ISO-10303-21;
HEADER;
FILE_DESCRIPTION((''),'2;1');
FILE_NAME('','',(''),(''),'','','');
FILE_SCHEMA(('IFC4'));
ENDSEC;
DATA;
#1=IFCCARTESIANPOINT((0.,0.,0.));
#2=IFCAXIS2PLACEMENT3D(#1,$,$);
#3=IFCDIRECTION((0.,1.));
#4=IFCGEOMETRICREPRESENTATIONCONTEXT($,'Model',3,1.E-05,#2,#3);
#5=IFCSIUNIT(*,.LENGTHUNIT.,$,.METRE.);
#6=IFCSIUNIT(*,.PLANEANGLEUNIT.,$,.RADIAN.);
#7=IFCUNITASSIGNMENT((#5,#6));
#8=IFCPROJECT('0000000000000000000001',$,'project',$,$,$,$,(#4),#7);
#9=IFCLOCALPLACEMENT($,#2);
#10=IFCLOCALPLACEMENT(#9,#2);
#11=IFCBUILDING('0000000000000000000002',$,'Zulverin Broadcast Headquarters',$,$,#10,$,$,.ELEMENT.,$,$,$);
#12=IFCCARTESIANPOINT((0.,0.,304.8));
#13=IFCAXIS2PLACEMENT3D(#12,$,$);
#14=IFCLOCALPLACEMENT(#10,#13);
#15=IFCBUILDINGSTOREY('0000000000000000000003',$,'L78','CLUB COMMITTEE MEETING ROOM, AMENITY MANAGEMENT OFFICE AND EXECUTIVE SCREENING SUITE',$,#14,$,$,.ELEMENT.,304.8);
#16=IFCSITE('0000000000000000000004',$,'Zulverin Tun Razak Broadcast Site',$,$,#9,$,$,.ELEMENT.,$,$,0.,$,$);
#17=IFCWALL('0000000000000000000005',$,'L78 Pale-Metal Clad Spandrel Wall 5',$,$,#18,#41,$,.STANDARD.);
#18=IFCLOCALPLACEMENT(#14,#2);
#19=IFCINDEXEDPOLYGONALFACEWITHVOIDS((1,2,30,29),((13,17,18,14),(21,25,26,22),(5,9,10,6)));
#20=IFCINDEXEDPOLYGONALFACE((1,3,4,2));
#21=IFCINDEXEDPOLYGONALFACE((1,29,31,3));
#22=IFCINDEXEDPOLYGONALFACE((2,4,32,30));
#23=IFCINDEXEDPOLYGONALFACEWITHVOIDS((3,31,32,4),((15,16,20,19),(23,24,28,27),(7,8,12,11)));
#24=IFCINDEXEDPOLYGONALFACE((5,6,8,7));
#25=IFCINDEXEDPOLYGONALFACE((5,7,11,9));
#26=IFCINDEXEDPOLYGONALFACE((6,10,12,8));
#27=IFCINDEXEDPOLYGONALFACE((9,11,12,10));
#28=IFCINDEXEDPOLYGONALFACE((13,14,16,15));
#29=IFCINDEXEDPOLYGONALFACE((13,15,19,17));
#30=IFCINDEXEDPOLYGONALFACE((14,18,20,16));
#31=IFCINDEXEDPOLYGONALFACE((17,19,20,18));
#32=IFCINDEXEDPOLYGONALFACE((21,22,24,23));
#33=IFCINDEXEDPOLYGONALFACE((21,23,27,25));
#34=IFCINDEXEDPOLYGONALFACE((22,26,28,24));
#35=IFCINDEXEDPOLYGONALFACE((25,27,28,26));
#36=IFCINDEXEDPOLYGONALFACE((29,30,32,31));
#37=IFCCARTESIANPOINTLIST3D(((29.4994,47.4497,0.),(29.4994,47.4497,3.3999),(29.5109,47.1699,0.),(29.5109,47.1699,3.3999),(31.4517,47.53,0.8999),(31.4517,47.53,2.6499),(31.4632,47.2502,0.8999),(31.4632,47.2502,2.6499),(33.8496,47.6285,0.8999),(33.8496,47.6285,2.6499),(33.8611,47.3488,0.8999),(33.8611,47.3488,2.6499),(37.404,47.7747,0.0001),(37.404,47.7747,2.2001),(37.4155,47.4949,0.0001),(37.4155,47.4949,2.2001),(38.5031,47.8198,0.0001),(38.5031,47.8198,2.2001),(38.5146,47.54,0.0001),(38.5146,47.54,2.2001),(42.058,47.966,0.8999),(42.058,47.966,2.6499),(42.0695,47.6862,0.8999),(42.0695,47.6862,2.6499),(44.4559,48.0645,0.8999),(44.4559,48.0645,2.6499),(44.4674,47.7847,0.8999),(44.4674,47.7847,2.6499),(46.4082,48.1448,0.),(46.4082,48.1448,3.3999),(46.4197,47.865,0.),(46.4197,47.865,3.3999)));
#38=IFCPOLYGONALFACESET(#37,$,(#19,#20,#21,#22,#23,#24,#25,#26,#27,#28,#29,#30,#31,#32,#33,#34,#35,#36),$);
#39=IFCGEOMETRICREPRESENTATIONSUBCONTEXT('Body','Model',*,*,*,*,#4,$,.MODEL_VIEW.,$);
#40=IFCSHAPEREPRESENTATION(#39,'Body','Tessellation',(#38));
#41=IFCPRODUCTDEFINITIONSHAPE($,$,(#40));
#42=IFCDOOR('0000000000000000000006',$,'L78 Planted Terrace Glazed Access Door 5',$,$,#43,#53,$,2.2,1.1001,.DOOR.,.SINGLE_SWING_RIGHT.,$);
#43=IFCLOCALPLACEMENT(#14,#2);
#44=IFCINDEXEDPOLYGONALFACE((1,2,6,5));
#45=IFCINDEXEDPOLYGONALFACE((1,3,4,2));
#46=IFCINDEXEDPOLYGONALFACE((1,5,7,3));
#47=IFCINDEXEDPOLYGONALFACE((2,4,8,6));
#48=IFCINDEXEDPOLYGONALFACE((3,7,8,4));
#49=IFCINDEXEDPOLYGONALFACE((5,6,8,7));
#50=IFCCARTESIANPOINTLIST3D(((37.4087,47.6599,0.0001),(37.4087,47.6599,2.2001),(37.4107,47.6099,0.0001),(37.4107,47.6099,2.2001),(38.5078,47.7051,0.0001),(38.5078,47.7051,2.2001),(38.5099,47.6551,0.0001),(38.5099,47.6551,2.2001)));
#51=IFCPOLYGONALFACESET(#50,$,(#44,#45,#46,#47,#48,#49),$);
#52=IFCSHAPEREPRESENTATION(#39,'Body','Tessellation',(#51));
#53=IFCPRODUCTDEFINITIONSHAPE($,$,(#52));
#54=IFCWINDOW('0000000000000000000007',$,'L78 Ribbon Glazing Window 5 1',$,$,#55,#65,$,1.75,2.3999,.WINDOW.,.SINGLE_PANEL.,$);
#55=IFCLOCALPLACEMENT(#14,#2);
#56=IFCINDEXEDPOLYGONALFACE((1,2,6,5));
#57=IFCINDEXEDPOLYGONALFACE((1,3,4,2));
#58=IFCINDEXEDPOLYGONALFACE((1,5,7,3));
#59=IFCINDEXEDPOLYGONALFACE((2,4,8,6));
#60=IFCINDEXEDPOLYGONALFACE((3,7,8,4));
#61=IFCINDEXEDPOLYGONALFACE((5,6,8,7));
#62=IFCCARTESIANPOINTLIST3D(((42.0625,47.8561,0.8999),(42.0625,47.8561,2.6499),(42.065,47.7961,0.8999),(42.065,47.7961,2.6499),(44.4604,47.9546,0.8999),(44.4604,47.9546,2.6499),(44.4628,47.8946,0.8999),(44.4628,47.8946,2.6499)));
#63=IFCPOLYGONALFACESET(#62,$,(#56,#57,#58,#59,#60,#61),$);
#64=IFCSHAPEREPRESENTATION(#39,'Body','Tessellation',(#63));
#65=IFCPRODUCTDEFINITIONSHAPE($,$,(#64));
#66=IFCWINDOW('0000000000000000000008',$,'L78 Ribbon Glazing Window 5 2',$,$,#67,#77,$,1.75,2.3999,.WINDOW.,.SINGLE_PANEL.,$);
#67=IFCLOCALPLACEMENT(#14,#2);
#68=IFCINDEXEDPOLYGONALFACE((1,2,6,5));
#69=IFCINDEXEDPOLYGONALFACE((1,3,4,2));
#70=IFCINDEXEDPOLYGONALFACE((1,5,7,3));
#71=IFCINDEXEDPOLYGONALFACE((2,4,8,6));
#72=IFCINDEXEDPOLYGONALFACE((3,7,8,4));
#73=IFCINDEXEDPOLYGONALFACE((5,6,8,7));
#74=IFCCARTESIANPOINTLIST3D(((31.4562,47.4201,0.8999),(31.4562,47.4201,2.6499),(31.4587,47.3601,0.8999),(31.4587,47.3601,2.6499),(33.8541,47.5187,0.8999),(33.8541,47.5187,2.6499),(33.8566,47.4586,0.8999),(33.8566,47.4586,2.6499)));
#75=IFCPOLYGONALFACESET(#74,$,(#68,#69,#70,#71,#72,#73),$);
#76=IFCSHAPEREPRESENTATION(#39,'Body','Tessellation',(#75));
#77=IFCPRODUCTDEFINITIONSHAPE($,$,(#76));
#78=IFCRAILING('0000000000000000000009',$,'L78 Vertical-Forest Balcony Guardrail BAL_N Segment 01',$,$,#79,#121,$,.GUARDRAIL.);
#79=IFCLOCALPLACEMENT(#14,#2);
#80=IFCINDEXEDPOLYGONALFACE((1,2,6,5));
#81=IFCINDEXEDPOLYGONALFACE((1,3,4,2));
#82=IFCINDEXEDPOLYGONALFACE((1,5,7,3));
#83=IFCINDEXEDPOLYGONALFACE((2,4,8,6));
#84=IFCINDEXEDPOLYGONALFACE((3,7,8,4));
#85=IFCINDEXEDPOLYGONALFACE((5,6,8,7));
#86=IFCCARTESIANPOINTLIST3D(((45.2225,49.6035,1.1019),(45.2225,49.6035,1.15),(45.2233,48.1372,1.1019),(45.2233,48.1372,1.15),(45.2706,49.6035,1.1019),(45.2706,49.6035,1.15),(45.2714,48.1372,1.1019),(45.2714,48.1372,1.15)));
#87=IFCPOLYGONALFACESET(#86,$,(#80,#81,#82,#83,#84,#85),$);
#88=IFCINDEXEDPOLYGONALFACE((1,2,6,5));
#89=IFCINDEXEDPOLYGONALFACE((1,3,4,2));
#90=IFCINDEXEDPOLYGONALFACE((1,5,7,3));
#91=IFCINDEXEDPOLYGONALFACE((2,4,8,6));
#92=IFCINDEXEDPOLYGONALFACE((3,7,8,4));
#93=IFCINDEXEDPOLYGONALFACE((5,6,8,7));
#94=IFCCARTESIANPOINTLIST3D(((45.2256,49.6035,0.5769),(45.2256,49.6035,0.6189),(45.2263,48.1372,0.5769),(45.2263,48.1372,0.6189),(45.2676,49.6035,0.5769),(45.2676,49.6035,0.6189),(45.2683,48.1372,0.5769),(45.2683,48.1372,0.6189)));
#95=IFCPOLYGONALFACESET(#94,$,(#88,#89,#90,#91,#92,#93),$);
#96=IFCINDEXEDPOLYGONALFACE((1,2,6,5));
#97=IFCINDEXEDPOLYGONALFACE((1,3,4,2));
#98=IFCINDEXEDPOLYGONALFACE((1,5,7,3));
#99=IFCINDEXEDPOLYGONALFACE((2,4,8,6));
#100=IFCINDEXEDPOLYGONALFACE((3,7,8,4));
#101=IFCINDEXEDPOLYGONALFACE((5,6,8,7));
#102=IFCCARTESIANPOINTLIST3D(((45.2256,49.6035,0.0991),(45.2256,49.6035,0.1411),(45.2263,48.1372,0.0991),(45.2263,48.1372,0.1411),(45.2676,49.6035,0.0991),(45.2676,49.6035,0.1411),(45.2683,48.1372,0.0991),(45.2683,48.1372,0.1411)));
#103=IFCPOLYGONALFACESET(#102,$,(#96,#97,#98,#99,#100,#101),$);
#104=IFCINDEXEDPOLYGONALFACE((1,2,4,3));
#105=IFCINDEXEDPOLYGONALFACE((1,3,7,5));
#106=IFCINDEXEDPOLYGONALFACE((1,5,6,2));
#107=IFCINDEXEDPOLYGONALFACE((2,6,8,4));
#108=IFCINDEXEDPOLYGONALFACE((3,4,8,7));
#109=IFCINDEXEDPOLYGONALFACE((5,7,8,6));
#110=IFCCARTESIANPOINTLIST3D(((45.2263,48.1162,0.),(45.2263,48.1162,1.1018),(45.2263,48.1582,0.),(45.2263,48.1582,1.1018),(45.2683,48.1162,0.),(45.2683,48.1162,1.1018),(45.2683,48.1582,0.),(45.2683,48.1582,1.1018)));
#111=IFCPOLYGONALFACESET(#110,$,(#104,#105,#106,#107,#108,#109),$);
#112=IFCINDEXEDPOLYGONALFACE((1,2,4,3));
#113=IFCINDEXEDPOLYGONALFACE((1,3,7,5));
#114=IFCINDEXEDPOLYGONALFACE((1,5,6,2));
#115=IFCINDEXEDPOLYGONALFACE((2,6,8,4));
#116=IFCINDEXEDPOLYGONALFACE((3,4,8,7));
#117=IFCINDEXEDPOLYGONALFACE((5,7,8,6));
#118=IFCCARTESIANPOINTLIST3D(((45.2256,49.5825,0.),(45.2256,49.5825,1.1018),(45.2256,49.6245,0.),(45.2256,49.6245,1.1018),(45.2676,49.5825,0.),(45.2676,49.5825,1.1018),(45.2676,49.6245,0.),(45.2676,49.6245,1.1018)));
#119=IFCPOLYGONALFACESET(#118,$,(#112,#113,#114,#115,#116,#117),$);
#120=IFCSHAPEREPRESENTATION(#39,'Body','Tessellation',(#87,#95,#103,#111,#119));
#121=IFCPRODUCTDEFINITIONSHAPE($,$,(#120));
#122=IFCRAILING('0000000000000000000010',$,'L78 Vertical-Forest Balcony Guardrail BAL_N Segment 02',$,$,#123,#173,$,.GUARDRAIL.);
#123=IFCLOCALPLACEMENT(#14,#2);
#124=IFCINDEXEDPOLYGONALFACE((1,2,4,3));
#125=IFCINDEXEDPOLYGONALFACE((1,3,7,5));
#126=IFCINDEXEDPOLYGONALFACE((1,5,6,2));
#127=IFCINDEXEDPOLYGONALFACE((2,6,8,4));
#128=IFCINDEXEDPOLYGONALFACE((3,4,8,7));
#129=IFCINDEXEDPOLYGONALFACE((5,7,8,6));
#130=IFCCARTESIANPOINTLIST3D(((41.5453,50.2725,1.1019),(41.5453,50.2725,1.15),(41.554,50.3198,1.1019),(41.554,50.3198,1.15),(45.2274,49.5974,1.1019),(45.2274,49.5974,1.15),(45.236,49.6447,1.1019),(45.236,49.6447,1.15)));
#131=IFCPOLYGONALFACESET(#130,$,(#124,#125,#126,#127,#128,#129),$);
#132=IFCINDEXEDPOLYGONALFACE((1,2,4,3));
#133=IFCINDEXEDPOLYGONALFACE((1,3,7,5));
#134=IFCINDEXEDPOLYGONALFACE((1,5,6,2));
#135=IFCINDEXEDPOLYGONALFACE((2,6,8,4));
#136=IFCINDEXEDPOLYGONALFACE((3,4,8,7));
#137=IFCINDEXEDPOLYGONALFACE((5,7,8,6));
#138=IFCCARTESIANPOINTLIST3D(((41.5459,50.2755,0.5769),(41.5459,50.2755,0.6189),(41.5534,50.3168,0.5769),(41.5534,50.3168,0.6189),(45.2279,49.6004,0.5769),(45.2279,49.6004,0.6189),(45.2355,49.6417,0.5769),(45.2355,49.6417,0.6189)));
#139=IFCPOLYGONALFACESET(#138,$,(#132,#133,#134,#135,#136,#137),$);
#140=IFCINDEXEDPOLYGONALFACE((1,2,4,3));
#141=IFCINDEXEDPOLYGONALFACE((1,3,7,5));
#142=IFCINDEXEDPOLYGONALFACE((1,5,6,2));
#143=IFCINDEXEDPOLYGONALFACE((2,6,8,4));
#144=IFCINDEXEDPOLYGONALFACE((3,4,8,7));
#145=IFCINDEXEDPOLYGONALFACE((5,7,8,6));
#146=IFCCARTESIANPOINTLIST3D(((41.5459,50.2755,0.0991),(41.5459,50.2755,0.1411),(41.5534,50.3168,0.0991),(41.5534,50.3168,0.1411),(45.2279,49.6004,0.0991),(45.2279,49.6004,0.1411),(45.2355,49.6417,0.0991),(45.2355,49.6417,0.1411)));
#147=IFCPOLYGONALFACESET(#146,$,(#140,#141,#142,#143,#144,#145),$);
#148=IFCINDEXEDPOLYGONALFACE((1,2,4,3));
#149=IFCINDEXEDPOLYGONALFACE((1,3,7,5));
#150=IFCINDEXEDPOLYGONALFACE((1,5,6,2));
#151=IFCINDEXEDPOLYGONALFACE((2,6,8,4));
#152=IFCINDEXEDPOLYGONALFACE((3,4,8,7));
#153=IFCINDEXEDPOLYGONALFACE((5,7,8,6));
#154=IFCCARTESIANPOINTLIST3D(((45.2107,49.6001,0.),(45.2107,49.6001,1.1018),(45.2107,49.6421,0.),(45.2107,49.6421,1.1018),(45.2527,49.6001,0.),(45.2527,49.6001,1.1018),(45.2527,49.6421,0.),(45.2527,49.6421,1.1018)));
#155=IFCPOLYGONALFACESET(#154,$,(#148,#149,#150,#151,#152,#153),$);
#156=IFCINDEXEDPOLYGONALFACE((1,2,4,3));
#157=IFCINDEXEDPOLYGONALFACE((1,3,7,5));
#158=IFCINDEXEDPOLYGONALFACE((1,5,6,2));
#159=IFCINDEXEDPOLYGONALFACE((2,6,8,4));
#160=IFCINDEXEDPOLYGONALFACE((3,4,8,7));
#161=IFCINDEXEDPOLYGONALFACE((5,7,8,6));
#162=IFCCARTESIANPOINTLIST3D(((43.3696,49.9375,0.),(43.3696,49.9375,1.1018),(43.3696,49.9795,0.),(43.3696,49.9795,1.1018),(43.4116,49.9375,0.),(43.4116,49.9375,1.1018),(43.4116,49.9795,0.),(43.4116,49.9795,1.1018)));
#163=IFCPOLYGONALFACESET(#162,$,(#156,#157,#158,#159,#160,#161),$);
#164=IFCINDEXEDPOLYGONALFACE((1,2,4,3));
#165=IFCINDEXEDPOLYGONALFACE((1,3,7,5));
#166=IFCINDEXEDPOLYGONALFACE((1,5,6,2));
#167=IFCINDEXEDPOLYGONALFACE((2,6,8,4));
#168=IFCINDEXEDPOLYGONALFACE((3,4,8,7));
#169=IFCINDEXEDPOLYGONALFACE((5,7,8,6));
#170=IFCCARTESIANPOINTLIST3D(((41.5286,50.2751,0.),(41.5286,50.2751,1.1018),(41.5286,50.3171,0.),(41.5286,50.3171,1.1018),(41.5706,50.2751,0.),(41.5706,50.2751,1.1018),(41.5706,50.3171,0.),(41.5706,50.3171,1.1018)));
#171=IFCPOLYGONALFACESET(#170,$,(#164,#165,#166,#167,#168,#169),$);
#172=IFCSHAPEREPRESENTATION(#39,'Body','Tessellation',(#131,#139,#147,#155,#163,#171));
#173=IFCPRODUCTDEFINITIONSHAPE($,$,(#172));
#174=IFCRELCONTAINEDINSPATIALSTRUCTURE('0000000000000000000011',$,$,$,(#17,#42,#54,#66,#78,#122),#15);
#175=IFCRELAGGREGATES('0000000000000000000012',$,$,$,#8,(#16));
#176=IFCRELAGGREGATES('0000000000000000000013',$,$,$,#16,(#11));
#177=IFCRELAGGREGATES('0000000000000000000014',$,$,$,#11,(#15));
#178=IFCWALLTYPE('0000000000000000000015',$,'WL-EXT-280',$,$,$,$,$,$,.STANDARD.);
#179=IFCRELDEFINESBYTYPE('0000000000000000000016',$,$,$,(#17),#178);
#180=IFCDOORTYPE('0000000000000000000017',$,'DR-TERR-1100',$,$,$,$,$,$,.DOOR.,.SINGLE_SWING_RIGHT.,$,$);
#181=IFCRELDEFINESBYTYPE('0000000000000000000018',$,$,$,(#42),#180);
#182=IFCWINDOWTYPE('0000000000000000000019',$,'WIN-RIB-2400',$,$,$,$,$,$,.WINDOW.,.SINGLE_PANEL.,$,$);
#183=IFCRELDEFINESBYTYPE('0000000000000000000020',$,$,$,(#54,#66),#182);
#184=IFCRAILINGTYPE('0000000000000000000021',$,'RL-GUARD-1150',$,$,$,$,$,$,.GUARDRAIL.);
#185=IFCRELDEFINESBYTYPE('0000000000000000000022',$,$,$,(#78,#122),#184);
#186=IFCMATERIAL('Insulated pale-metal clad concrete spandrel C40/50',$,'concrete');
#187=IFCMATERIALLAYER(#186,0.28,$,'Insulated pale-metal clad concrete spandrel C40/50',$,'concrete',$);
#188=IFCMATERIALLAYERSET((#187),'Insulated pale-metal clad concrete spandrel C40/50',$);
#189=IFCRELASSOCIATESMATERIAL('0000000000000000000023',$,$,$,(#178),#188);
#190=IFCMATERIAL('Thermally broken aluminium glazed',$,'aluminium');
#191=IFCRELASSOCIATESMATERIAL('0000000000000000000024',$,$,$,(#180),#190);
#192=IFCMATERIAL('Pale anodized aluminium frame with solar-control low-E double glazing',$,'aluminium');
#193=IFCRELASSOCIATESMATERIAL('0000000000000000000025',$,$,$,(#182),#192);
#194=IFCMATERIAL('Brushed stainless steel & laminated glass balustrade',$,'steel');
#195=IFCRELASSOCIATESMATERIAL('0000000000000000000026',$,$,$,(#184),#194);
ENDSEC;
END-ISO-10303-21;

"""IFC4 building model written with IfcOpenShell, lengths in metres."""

from ifc_helpers import new_model, si_unit, direction, frame, frame_2d, origin, origin_2d, place, context, subcontext, project, spatial, rectangle, extrude, material, layer, layer_set, type_object, element, fill, save


model = new_model("IFC4")

# Units and contexts
model_context = context("Model", 3, precision=1e-05, world=origin(), true_north=direction((0.0, 1.0)))
body_context = subcontext(model_context, "Body", "Model", "MODEL_VIEW")
ifc_project = project(units=[si_unit("LENGTHUNIT", "METRE"), si_unit("PLANEANGLEUNIT", "RADIAN")], contexts=[model_context])

# Site, building, storey
site_placement = place(None, origin())
site = spatial("IfcSite", under=ifc_project, at=site_placement, Name="Zulverin Tun Razak Broadcast Site", CompositionType="ELEMENT", RefElevation=0.0)
building_placement = place(site_placement, origin())
building = spatial("IfcBuilding", under=site, at=building_placement, Name="Zulverin Broadcast Headquarters", CompositionType="ELEMENT")
storey_placement = place(building_placement, frame((0.0, 0.0, 304.8)))
storey = spatial("IfcBuildingStorey", under=building, at=storey_placement, Name="L78", Description="CLUB COMMITTEE MEETING ROOM, AMENITY MANAGEMENT OFFICE AND EXECUTIVE SCREENING SUITE", CompositionType="ELEMENT", Elevation=304.8)

# Wall, openings, door, windows
ifc_material_1 = material(Name="Insulated pale-metal clad concrete spandrel C40/50", Category="concrete")
ifc_layer_1 = layer(ifc_material_1, 0.28, Name="Insulated pale-metal clad concrete spandrel C40/50", Category="concrete")
ifc_layer_set_1 = layer_set([ifc_layer_1], Name="Insulated pale-metal clad concrete spandrel C40/50")
wall_type = type_object("IfcWallType", Name="WL-EXT-280", PredefinedType="STANDARD", material=ifc_layer_set_1)
wall_placement = place(storey_placement, frame((46.4138, 48.0049, 0.0), z_axis=(0.0, 0.0, 1.0), x_axis=(-0.999156, -0.041072, 0.0)))
wall = element("IfcWall", 1, at=wall_placement, inside=storey, type_object=wall_type, Name="L78 Pale-Metal Clad Spandrel Wall 5", PredefinedType="STANDARD", context=body_context, shape_type="SweptSolid", body=[
    extrude(rectangle(XDim=16.9231, YDim=0.28, at=frame_2d((8.4614, 0.0))), origin(), (0.0, 0.0, 1.0), 3.3999),
])
opening_1_placement = place(wall_placement, frame((7.9116, 0.0, 0.0)))
opening_1 = element("IfcOpeningElement", 2, at=opening_1_placement, cuts=wall, PredefinedType="OPENING", context=body_context, shape_type="SweptSolid", body=[
    extrude(rectangle(XDim=1.1001, YDim=2.2, at=frame_2d((0.55, 1.1001))), frame((0.0, 0.1499, 0.0), z_axis=(0.0, -1.0, 0.0), x_axis=(1.0, 0.0, 0.0)), (0.0, 0.0, 1.0), 0.3),
])
opening_2_placement = place(wall_placement, frame((1.9539, 0.0, 0.8999)))
opening_2 = element("IfcOpeningElement", 3, at=opening_2_placement, cuts=wall, PredefinedType="OPENING", context=body_context, shape_type="SweptSolid", body=[
    extrude(rectangle(XDim=2.3999, YDim=1.75, at=frame_2d((1.2, 0.875))), frame((0.0, 0.1499, 0.0), z_axis=(0.0, -1.0, 0.0), x_axis=(1.0, 0.0, 0.0)), (0.0, 0.0, 1.0), 0.3),
])
opening_3_placement = place(wall_placement, frame((12.5691, 0.0, 0.8999)))
opening_3 = element("IfcOpeningElement", 4, at=opening_3_placement, cuts=wall, PredefinedType="OPENING", context=body_context, shape_type="SweptSolid", body=[
    extrude(rectangle(XDim=2.3999, YDim=1.75, at=frame_2d((1.2, 0.875))), frame((0.0, 0.1499, 0.0), z_axis=(0.0, -1.0, 0.0), x_axis=(1.0, 0.0, 0.0)), (0.0, 0.0, 1.0), 0.3),
])
ifc_material_2 = material(Name="Thermally broken aluminium glazed", Category="aluminium")
door_type = type_object("IfcDoorType", Name="DR-TERR-1100", OperationType="SINGLE_SWING_RIGHT", PredefinedType="DOOR", material=ifc_material_2)
door_placement = place(opening_1_placement, origin())
door = element("IfcDoor", 5, at=door_placement, inside=storey, type_object=door_type, Name="L78 Planted Terrace Glazed Access Door 5", OperationType="SINGLE_SWING_RIGHT", OverallHeight=2.2, OverallWidth=1.1001, PredefinedType="DOOR", context=body_context, shape_type="SweptSolid", body=[
    extrude(rectangle(XDim=1.1001, YDim=2.2, at=frame_2d((0.55, 1.1001))), frame((0.0, 0.0249, 0.0), z_axis=(0.0, -1.0, 0.0), x_axis=(1.0, 0.0, 0.0)), (0.0, 0.0, 1.0), 0.05),
])
fill(opening_1, door)
ifc_material_3 = material(Name="Pale anodized aluminium frame with solar-control low-E double glazing", Category="aluminium")
window_type = type_object("IfcWindowType", Name="WIN-RIB-2400", PartitioningType="SINGLE_PANEL", PredefinedType="WINDOW", material=ifc_material_3)
window_1_placement = place(opening_2_placement, origin())
window_1 = element("IfcWindow", 6, at=window_1_placement, inside=storey, type_object=window_type, Name="L78 Ribbon Glazing Window 5 1", OverallHeight=1.75, OverallWidth=2.3999, PartitioningType="SINGLE_PANEL", PredefinedType="WINDOW", context=body_context, shape_type="SweptSolid", body=[
    extrude(rectangle(XDim=2.3999, YDim=1.75, at=frame_2d((1.2, 0.875))), frame((0.0, 0.03, 0.0), z_axis=(0.0, -1.0, 0.0), x_axis=(1.0, 0.0, 0.0)), (0.0, 0.0, 1.0), 0.0601),
])
fill(opening_2, window_1)
window_2_placement = place(opening_3_placement, origin())
window_2 = element("IfcWindow", 7, at=window_2_placement, inside=storey, type_object=window_type, Name="L78 Ribbon Glazing Window 5 2", OverallHeight=1.75, OverallWidth=2.3999, PartitioningType="SINGLE_PANEL", PredefinedType="WINDOW", context=body_context, shape_type="SweptSolid", body=[
    extrude(rectangle(XDim=2.3999, YDim=1.75, at=frame_2d((1.2, 0.875))), frame((0.0, 0.03, 0.0), z_axis=(0.0, -1.0, 0.0), x_axis=(1.0, 0.0, 0.0)), (0.0, 0.0, 1.0), 0.0601),
])
fill(opening_3, window_2)

# Railings
ifc_material_4 = material(Name="Brushed stainless steel & laminated glass balustrade", Category="steel")
railing_type = type_object("IfcRailingType", Name="RL-GUARD-1150", PredefinedType="GUARDRAIL", material=ifc_material_4)
railing_1_placement = place(storey_placement, frame((45.2473, 48.1372, 0.0)))
element("IfcRailing", 8, at=railing_1_placement, inside=storey, type_object=railing_type, Name="L78 Vertical-Forest Balcony Guardrail BAL_N Segment 01", PredefinedType="GUARDRAIL", context=body_context, shape_type="SweptSolid", body=[
    extrude(rectangle(XDim=0.0481, YDim=0.0481, at=origin_2d()), frame((0.0, 0.0, 1.126), z_axis=(-0.0005, 1.0, 0.0), x_axis=(-1.0, -0.0005, 0.0)), (0.0, 0.0, 1.0), 1.4663),
    extrude(rectangle(XDim=0.042, YDim=0.042, at=origin_2d()), frame((0.0, 0.0, 0.5979), z_axis=(-0.0005, 1.0, 0.0), x_axis=(-1.0, -0.0005, 0.0)), (0.0, 0.0, 1.0), 1.4663),
    extrude(rectangle(XDim=0.042, YDim=0.042, at=origin_2d()), frame((0.0, 0.0, 0.1201), z_axis=(-0.0005, 1.0, 0.0), x_axis=(-1.0, -0.0005, 0.0)), (0.0, 0.0, 1.0), 1.4663),
    extrude(rectangle(XDim=0.042, YDim=0.042, at=origin_2d()), origin(), (0.0, 0.0, 1.0), 1.1018),
    extrude(rectangle(XDim=0.042, YDim=0.042, at=origin_2d()), frame((-0.0007, 1.4663, 0.0)), (0.0, 0.0, 1.0), 1.1018),
])
railing_2_placement = place(storey_placement, frame((45.2317, 49.6211, 0.0)))
element("IfcRailing", 9, at=railing_2_placement, inside=storey, type_object=railing_type, Name="L78 Vertical-Forest Balcony Guardrail BAL_N Segment 02", PredefinedType="GUARDRAIL", context=body_context, shape_type="SweptSolid", body=[
    extrude(rectangle(XDim=0.0481, YDim=0.0481, at=origin_2d()), frame((0.0, 0.0, 1.126), z_axis=(-0.983607, 0.180326, 0.0), x_axis=(-0.180326, -0.983607, 0.0)), (0.0, 0.0, 1.0), 3.7434),
    extrude(rectangle(XDim=0.042, YDim=0.042, at=origin_2d()), frame((0.0, 0.0, 0.5979), z_axis=(-0.983607, 0.180326, 0.0), x_axis=(-0.180326, -0.983607, 0.0)), (0.0, 0.0, 1.0), 3.7434),
    extrude(rectangle(XDim=0.042, YDim=0.042, at=origin_2d()), frame((0.0, 0.0, 0.1201), z_axis=(-0.983607, 0.180326, 0.0), x_axis=(-0.180326, -0.983607, 0.0)), (0.0, 0.0, 1.0), 3.7434),
    extrude(rectangle(XDim=0.042, YDim=0.042, at=origin_2d()), origin(), (0.0, 0.0, 1.0), 1.1018),
    extrude(rectangle(XDim=0.042, YDim=0.042, at=origin_2d()), frame((-1.8411, 0.3374, 0.0)), (0.0, 0.0, 1.0), 1.1018),
    extrude(rectangle(XDim=0.042, YDim=0.042, at=origin_2d()), frame((-3.6821, 0.675, 0.0)), (0.0, 0.0, 1.0), 1.1018),
])

save(model, "model.ifc")
